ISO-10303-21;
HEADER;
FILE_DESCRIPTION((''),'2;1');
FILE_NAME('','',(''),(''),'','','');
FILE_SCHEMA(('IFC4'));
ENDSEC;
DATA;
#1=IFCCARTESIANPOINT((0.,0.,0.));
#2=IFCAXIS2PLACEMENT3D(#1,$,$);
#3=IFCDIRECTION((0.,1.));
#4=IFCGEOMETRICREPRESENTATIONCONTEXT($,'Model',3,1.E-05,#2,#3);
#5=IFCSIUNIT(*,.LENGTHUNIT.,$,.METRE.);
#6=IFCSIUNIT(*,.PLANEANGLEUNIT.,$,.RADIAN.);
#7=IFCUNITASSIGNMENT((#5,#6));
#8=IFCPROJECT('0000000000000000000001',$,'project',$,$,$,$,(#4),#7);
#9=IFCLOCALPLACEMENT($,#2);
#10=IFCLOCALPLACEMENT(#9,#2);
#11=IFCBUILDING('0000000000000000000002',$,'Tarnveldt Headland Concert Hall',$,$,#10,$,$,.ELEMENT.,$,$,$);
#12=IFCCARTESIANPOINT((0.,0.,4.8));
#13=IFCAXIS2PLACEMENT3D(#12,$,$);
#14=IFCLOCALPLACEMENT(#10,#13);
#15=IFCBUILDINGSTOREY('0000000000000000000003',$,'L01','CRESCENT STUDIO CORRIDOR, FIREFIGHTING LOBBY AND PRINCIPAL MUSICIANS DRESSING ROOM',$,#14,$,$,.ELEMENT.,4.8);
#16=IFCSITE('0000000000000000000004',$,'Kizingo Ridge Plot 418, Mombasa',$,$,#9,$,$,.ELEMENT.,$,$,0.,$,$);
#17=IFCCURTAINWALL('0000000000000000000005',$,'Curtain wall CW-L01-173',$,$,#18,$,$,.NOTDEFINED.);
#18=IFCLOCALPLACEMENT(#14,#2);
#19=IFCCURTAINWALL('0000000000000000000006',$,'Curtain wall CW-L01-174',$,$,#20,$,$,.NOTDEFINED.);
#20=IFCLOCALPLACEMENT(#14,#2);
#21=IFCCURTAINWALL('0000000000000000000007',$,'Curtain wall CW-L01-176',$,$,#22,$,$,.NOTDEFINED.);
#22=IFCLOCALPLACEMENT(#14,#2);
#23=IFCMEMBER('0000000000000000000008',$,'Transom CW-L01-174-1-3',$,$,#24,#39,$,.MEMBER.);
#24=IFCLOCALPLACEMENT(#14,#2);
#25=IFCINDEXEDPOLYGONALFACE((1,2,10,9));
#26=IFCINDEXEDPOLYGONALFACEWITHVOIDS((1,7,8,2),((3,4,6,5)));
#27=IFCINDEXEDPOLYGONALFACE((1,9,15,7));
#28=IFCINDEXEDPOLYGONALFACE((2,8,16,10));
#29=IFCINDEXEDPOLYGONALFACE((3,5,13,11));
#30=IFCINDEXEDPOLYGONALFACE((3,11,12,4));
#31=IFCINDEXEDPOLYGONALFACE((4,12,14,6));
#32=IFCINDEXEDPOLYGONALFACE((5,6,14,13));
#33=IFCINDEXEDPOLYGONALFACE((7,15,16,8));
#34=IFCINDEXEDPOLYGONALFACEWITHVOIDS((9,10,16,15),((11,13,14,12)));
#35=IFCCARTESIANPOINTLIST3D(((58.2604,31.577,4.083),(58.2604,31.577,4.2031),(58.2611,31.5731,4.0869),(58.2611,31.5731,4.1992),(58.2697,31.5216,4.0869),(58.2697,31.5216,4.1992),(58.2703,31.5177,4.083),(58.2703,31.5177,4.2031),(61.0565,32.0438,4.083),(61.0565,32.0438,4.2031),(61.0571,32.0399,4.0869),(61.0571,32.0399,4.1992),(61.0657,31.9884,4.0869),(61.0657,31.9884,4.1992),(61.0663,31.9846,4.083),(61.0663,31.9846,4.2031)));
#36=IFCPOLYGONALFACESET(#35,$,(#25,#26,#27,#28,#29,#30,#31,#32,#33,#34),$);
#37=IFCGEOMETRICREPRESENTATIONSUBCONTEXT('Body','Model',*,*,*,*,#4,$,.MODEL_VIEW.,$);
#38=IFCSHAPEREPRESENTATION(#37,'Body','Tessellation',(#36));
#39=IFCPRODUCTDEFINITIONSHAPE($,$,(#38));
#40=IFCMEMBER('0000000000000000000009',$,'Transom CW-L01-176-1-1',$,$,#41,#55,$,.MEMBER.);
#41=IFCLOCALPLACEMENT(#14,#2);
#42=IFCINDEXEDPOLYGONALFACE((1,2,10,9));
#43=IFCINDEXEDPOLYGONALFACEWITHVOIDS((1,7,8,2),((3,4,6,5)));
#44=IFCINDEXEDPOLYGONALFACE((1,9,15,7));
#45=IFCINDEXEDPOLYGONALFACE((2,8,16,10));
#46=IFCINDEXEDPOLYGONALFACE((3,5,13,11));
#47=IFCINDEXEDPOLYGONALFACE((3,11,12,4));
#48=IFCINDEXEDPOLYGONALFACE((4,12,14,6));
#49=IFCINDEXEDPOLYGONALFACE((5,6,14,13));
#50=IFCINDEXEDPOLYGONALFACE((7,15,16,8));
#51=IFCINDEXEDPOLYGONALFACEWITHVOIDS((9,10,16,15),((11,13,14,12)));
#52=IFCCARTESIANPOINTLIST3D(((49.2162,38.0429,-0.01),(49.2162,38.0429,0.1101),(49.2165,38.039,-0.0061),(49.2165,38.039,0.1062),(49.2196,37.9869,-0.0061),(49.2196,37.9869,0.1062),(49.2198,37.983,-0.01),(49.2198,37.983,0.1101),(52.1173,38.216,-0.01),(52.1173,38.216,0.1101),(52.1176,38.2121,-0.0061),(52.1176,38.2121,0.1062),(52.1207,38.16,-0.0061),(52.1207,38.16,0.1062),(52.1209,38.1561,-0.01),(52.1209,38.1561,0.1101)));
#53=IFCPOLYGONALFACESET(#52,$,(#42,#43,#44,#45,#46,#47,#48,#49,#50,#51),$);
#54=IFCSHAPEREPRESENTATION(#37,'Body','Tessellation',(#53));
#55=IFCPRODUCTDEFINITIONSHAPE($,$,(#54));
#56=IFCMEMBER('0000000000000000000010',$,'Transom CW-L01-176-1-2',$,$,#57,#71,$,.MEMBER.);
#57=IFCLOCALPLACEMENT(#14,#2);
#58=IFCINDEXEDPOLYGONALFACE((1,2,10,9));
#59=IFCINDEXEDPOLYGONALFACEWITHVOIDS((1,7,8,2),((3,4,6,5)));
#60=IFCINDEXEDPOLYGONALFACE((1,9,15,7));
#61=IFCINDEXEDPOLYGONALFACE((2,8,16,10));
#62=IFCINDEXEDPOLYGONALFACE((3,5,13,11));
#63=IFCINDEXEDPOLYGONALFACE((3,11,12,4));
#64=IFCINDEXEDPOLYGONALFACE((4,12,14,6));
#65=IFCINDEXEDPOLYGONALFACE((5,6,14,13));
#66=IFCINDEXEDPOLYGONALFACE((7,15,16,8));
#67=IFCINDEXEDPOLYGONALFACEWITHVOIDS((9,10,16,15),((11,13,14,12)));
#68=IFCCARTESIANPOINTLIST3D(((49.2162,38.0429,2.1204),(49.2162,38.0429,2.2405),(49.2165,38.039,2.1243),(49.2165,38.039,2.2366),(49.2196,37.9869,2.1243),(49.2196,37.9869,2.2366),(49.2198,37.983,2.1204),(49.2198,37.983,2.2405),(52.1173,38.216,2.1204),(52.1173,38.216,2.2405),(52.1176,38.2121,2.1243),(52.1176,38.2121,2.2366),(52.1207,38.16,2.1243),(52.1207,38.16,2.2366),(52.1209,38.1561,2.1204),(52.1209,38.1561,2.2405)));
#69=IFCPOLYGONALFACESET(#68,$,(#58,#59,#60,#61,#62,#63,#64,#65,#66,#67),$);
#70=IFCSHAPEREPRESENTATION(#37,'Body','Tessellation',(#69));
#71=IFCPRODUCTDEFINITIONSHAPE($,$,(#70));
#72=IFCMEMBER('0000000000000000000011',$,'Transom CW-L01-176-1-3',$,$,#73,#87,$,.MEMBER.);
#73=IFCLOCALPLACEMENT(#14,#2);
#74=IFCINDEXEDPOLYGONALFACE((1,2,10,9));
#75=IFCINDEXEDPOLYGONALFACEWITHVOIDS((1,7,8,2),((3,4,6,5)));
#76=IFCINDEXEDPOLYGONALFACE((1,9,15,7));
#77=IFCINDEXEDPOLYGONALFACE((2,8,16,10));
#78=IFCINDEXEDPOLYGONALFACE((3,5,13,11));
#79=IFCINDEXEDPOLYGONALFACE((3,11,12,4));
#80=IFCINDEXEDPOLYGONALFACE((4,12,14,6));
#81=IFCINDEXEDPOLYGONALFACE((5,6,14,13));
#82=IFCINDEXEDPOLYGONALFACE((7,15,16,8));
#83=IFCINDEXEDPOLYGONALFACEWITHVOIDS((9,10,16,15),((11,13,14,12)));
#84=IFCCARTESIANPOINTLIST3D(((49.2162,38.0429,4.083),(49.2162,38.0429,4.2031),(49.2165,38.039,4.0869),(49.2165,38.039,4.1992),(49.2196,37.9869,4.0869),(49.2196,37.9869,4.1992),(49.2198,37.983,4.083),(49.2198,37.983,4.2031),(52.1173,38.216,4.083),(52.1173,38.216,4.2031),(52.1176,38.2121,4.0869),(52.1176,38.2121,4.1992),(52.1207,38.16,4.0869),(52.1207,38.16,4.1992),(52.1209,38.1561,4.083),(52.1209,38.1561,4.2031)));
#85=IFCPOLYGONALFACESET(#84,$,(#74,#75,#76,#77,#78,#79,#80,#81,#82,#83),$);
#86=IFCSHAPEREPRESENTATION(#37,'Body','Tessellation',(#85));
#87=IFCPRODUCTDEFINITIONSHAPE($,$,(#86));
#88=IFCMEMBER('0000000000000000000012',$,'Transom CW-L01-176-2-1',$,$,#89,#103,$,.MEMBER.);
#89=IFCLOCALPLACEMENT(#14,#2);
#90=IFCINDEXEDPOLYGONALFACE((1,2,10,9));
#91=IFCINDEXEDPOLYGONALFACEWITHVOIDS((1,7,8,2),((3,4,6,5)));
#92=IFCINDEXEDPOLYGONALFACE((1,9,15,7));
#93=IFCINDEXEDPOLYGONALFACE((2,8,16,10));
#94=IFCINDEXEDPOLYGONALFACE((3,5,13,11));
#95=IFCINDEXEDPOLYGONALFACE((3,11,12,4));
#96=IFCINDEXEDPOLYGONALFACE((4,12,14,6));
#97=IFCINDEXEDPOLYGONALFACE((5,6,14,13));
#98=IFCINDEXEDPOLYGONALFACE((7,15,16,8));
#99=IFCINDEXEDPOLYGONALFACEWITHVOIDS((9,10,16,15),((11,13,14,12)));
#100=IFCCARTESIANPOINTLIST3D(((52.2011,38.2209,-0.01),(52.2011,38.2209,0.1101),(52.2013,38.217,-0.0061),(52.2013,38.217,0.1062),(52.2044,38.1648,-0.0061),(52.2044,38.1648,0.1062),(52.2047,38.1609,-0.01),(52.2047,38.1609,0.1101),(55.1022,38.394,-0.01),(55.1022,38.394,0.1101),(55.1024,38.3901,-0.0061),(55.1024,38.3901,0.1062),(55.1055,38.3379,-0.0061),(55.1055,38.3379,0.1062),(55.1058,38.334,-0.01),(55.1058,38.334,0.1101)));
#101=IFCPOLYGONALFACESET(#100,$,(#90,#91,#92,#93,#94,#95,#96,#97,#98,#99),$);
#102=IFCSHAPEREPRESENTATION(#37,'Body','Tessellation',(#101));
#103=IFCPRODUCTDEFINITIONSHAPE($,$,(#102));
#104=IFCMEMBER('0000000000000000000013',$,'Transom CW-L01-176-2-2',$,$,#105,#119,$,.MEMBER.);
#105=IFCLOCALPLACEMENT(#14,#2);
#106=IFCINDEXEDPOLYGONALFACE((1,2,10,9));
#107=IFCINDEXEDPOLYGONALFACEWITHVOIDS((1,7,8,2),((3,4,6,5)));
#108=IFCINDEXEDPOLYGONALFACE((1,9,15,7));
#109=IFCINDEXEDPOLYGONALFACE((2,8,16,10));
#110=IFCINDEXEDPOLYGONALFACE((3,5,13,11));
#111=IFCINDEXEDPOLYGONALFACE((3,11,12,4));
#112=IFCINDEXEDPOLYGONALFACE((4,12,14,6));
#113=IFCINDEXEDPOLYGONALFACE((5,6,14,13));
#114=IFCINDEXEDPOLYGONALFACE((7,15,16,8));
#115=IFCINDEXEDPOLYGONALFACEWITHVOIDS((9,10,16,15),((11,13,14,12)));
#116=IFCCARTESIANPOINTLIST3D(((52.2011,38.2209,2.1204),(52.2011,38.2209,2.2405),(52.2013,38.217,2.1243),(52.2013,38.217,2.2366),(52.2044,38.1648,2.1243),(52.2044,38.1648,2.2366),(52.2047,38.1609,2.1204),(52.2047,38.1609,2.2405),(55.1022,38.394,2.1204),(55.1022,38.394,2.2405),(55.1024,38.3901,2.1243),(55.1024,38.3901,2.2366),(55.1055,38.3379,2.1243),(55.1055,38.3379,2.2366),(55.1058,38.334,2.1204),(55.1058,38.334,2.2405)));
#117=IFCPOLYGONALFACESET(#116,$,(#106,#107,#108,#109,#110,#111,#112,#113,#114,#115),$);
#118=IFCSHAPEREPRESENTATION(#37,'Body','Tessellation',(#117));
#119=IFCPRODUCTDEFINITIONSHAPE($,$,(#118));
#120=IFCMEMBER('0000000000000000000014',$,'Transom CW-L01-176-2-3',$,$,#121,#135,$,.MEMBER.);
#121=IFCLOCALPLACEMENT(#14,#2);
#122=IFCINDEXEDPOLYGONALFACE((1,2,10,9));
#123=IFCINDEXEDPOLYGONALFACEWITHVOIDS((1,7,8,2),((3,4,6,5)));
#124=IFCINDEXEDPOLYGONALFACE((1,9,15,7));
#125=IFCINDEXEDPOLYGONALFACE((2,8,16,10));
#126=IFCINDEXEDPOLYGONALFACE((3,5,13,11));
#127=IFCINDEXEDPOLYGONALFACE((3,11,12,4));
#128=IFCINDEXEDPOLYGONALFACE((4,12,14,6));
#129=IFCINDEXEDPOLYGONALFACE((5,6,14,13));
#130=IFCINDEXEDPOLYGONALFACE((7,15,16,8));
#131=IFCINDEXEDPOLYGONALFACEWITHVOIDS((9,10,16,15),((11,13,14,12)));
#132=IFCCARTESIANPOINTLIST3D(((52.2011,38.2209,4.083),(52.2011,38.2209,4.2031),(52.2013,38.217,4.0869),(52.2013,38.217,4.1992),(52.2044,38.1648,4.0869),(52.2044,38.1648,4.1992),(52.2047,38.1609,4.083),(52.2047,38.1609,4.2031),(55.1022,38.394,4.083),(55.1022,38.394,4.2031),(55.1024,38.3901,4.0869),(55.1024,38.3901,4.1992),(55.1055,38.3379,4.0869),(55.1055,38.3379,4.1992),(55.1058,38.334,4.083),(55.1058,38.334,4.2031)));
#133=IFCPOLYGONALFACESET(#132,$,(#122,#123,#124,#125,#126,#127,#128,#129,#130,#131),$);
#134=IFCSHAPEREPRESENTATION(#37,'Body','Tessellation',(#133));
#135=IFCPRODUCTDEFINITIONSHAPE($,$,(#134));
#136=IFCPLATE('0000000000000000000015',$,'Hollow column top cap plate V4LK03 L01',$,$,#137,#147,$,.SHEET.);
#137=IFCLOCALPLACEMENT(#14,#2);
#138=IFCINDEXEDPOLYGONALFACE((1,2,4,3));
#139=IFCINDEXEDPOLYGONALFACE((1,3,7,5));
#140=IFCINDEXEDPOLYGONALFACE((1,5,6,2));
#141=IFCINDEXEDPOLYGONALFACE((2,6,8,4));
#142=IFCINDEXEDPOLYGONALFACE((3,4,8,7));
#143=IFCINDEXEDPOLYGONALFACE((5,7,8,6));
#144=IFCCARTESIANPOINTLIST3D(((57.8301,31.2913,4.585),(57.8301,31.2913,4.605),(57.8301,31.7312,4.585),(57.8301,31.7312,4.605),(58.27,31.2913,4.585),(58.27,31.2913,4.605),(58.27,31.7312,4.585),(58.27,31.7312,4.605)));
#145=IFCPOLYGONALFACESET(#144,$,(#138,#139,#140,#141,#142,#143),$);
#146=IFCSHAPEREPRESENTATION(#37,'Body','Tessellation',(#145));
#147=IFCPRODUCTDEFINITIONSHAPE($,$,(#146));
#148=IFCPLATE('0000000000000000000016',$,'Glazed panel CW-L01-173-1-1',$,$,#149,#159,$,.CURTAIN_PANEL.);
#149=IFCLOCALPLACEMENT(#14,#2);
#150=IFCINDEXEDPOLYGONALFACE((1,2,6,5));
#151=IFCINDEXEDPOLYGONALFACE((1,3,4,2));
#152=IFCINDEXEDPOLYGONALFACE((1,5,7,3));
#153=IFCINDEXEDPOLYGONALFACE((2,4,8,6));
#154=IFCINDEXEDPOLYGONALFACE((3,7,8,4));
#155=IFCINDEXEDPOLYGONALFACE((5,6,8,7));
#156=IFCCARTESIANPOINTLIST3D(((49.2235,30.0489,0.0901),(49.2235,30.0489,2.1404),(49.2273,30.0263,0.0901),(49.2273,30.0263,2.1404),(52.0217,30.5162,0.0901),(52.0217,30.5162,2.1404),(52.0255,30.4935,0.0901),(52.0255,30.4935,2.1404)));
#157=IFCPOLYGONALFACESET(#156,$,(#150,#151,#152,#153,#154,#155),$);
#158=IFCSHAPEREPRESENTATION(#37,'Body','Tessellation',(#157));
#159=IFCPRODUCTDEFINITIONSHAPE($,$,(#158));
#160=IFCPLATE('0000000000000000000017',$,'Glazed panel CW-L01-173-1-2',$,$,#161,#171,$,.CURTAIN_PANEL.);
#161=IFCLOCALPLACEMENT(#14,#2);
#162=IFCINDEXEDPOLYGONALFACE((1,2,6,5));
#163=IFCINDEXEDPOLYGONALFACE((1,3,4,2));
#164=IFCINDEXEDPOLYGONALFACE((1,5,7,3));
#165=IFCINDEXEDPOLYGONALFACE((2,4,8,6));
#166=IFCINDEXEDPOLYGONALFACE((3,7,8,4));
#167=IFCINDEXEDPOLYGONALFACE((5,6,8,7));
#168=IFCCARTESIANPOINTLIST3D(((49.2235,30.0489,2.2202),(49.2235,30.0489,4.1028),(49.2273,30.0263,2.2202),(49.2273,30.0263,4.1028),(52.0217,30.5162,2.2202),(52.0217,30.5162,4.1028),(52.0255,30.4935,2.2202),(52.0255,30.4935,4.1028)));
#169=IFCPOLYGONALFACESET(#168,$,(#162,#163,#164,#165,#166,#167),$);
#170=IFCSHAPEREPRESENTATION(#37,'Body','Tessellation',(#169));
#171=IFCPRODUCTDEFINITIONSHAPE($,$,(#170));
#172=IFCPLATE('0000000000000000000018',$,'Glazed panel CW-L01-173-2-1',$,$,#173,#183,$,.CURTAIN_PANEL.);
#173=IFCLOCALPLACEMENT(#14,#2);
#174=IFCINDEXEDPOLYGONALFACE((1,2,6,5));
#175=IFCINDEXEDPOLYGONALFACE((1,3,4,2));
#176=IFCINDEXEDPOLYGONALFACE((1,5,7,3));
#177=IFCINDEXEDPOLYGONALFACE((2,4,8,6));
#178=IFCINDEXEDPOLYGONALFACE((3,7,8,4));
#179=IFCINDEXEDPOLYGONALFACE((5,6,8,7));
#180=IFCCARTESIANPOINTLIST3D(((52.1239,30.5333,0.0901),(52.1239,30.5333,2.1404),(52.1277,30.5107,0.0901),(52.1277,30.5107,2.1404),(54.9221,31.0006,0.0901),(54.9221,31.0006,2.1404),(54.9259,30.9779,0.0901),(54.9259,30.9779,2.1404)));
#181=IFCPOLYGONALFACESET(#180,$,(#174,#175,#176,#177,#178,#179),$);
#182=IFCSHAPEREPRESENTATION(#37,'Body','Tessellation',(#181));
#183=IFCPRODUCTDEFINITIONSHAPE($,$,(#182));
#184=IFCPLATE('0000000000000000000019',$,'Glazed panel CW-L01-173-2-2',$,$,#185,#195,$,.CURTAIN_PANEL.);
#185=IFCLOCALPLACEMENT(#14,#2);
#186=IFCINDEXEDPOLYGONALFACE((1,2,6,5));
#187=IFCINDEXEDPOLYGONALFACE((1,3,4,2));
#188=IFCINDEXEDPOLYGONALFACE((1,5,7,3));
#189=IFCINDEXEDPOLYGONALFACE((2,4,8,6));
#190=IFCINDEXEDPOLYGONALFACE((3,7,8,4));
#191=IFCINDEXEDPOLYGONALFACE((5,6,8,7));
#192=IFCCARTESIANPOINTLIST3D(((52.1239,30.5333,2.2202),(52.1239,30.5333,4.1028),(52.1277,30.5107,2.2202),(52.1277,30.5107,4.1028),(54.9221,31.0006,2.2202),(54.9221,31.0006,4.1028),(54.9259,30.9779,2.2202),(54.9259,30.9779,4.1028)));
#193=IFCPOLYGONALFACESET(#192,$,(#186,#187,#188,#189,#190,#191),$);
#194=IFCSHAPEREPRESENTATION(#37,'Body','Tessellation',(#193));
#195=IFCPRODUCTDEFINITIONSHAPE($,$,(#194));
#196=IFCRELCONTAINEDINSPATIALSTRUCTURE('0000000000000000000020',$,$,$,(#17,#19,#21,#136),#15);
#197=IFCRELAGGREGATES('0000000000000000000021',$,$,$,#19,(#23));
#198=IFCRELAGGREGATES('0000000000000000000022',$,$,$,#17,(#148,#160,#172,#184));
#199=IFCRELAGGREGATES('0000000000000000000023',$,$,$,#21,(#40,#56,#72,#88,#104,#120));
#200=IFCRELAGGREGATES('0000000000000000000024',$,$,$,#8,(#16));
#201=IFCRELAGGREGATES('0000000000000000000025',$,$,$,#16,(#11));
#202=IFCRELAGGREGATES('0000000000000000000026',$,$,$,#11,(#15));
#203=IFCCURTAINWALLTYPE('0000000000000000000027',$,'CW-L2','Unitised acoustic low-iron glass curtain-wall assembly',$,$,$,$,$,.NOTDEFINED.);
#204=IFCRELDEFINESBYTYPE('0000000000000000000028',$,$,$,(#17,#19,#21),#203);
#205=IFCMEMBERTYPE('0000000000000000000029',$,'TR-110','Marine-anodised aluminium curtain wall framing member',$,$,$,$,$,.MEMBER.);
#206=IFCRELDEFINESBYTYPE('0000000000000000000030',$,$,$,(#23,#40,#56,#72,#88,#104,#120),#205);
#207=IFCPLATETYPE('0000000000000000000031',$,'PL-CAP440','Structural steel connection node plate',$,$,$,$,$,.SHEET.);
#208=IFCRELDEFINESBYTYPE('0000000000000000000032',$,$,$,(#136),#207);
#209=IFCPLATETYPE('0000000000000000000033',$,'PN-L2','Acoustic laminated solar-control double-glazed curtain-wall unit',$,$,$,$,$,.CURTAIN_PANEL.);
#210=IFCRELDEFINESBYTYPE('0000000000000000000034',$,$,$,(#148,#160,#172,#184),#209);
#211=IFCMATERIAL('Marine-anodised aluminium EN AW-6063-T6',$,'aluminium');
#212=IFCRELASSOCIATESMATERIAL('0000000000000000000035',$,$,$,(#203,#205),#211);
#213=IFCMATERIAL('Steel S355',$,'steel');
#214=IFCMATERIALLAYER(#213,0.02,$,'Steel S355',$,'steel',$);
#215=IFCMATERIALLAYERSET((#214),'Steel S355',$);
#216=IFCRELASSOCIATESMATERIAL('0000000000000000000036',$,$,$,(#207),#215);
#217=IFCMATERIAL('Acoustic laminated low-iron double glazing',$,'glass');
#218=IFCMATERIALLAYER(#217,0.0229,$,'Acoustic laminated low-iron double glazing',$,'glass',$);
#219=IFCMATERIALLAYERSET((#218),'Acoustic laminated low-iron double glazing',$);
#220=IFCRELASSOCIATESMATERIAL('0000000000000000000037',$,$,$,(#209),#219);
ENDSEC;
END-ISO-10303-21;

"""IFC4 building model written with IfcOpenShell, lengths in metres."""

from ifc_helpers import new_model, si_unit, direction, frame, origin, origin_2d, place, context, subcontext, project, spatial, rectangle, hollow_rectangle, extrude, material, layer, layer_set, material_profile, profile_set, type_object, element, aggregate, save


model = new_model("IFC4")

# Units and contexts
model_context = context("Model", 3, precision=1e-05, world=origin(), true_north=direction((0.0, 1.0)))
body_context = subcontext(model_context, "Body", "Model", "MODEL_VIEW")
ifc_project = project(units=[si_unit("LENGTHUNIT", "METRE"), si_unit("PLANEANGLEUNIT", "RADIAN")], contexts=[model_context])

# Site, building, storey
site_placement = place(None, origin())
site = spatial("IfcSite", under=ifc_project, at=site_placement, Name="Kizingo Ridge Plot 418, Mombasa", CompositionType="ELEMENT", RefElevation=0.0)
building_placement = place(site_placement, origin())
building = spatial("IfcBuilding", under=site, at=building_placement, Name="Tarnveldt Headland Concert Hall", CompositionType="ELEMENT")
storey_placement = place(building_placement, frame((0.0, 0.0, 4.8)))
storey = spatial("IfcBuildingStorey", under=building, at=storey_placement, Name="L01", Description="CRESCENT STUDIO CORRIDOR, FIREFIGHTING LOBBY AND PRINCIPAL MUSICIANS DRESSING ROOM", CompositionType="ELEMENT", Elevation=4.8)

# Shared definitions
ifc_material_1 = material(Name="Steel S355", Category="steel")

# Curtain wall
ifc_material_2 = material(Name="Marine-anodised aluminium EN AW-6063-T6", Category="aluminium")
curtain_wall_type = type_object("IfcCurtainWallType", Name="CW-L2", Description="Unitised acoustic low-iron glass curtain-wall assembly", PredefinedType="NOTDEFINED", material=ifc_material_2)
curtain_wall_1_placement = place(storey_placement, origin())
curtain_wall_1 = element("IfcCurtainWall", 1, at=curtain_wall_1_placement, inside=storey, type_object=curtain_wall_type, Name="Curtain wall CW-L01-173", PredefinedType="NOTDEFINED")

# Curtain walls
curtain_wall_2_placement = place(storey_placement, origin())
curtain_wall_2 = element("IfcCurtainWall", 2, at=curtain_wall_2_placement, inside=storey, type_object=curtain_wall_type, Name="Curtain wall CW-L01-174", PredefinedType="NOTDEFINED")
curtain_wall_3_placement = place(storey_placement, origin())
curtain_wall_3 = element("IfcCurtainWall", 3, at=curtain_wall_3_placement, inside=storey, type_object=curtain_wall_type, Name="Curtain wall CW-L01-176", PredefinedType="NOTDEFINED")

# Members
ifc_material_profile_1 = material_profile(ifc_material_2, hollow_rectangle(XDim=0.0601, YDim=0.1201, WallThickness=0.0039, at=origin_2d()), Name="ALU TRANSOM 60x120x4", Category="aluminium")
ifc_profile_set_1 = profile_set([ifc_material_profile_1], Name="Marine-anodised aluminium EN AW-6063-T6")
member_type_1 = type_object("IfcMemberType", Name="TR-110", Description="Marine-anodised aluminium curtain wall framing member", PredefinedType="MEMBER", material=ifc_profile_set_1)
member_1_placement = place(storey_placement, frame((58.2654, 31.5474, 4.1431), z_axis=(0.986347, 0.164678, 0.0), x_axis=(-0.164678, 0.986347, 0.0)))
member_1 = element("IfcMember", 4, at=member_1_placement, type_object=member_type_1, Name="Transom CW-L01-174-1-3", PredefinedType="MEMBER", context=body_context, shape_type="SweptSolid", body=[
    extrude(hollow_rectangle(XDim=0.0601, YDim=0.1201, WallThickness=0.0039, at=origin_2d()), origin(), (0.0, 0.0, 1.0), 2.8347),
])
aggregate(curtain_wall_2, [member_1])
member_2_placement = place(storey_placement, frame((49.218, 38.0129, 0.05), z_axis=(0.998225, 0.059559, 0.0), x_axis=(-0.059559, 0.998225, 0.0)))
member_2 = element("IfcMember", 5, at=member_2_placement, type_object=member_type_1, Name="Transom CW-L01-176-1-1", PredefinedType="MEMBER", context=body_context, shape_type="SweptSolid", body=[
    extrude(hollow_rectangle(XDim=0.0601, YDim=0.1201, WallThickness=0.0039, at=origin_2d()), origin(), (0.0, 0.0, 1.0), 2.9062),
])
member_3_placement = place(storey_placement, frame((49.218, 38.0129, 2.1804), z_axis=(0.998225, 0.059559, 0.0), x_axis=(-0.059559, 0.998225, 0.0)))
member_3 = element("IfcMember", 6, at=member_3_placement, type_object=member_type_1, Name="Transom CW-L01-176-1-2", PredefinedType="MEMBER", context=body_context, shape_type="SweptSolid", body=[
    extrude(hollow_rectangle(XDim=0.0601, YDim=0.1201, WallThickness=0.0039, at=origin_2d()), origin(), (0.0, 0.0, 1.0), 2.9062),
])
member_4_placement = place(storey_placement, frame((49.218, 38.0129, 4.1431), z_axis=(0.998225, 0.059559, 0.0), x_axis=(-0.059559, 0.998225, 0.0)))
member_4 = element("IfcMember", 7, at=member_4_placement, type_object=member_type_1, Name="Transom CW-L01-176-1-3", PredefinedType="MEMBER", context=body_context, shape_type="SweptSolid", body=[
    extrude(hollow_rectangle(XDim=0.0601, YDim=0.1201, WallThickness=0.0039, at=origin_2d()), origin(), (0.0, 0.0, 1.0), 2.9062),
])
member_5_placement = place(storey_placement, frame((52.2029, 38.1909, 0.05), z_axis=(0.998225, 0.059559, 0.0), x_axis=(-0.059559, 0.998225, 0.0)))
member_5 = element("IfcMember", 8, at=member_5_placement, type_object=member_type_1, Name="Transom CW-L01-176-2-1", PredefinedType="MEMBER", context=body_context, shape_type="SweptSolid", body=[
    extrude(hollow_rectangle(XDim=0.0601, YDim=0.1201, WallThickness=0.0039, at=origin_2d()), origin(), (0.0, 0.0, 1.0), 2.9062),
])
member_6_placement = place(storey_placement, frame((52.2029, 38.1909, 2.1804), z_axis=(0.998225, 0.059559, 0.0), x_axis=(-0.059559, 0.998225, 0.0)))
member_6 = element("IfcMember", 9, at=member_6_placement, type_object=member_type_1, Name="Transom CW-L01-176-2-2", PredefinedType="MEMBER", context=body_context, shape_type="SweptSolid", body=[
    extrude(hollow_rectangle(XDim=0.0601, YDim=0.1201, WallThickness=0.0039, at=origin_2d()), origin(), (0.0, 0.0, 1.0), 2.9062),
])
member_7_placement = place(storey_placement, frame((52.2029, 38.1909, 4.1431), z_axis=(0.998225, 0.059559, 0.0), x_axis=(-0.059559, 0.998225, 0.0)))
member_7 = element("IfcMember", 10, at=member_7_placement, type_object=member_type_1, Name="Transom CW-L01-176-2-3", PredefinedType="MEMBER", context=body_context, shape_type="SweptSolid", body=[
    extrude(hollow_rectangle(XDim=0.0601, YDim=0.1201, WallThickness=0.0039, at=origin_2d()), origin(), (0.0, 0.0, 1.0), 2.9062),
])

# Plates
ifc_layer_1 = layer(ifc_material_1, 0.02, Name="Steel S355", Category="steel")
ifc_layer_set_1 = layer_set([ifc_layer_1], Name="Steel S355")
plate_type_1 = type_object("IfcPlateType", Name="PL-CAP440", Description="Structural steel connection node plate", PredefinedType="SHEET", material=ifc_layer_set_1)
plate_1_placement = place(storey_placement, frame((58.05, 31.5112, 4.585), z_axis=(0.0, 0.0, 1.0), x_axis=(1.0, 0.0, 0.0)))
element("IfcPlate", 11, at=plate_1_placement, inside=storey, type_object=plate_type_1, Name="Hollow column top cap plate V4LK03 L01", PredefinedType="SHEET", context=body_context, shape_type="SweptSolid", body=[
    extrude(rectangle(XDim=0.4399, YDim=0.4399, at=origin_2d()), origin(), (0.0, 0.0, 1.0), 0.02),
])
ifc_material_3 = material(Name="Acoustic laminated low-iron double glazing", Category="glass")
ifc_layer_2 = layer(ifc_material_3, 0.0229, Name="Acoustic laminated low-iron double glazing", Category="glass")
ifc_layer_set_2 = layer_set([ifc_layer_2], Name="Acoustic laminated low-iron double glazing")
plate_type_2 = type_object("IfcPlateType", Name="PN-L2", Description="Acoustic laminated solar-control double-glazed curtain-wall unit", PredefinedType="CURTAIN_PANEL", material=ifc_layer_set_2)
plate_2_placement = place(storey_placement, frame((50.6245, 30.2712, 0.0901), z_axis=(0.0, 0.0, 1.0), x_axis=(0.986343, 0.164703, 0.0)))
plate_2 = element("IfcPlate", 12, at=plate_2_placement, type_object=plate_type_2, Name="Glazed panel CW-L01-173-1-1", PredefinedType="CURTAIN_PANEL", context=body_context, shape_type="SweptSolid", body=[
    extrude(rectangle(XDim=2.8369, YDim=0.0229, at=origin_2d()), origin(), (0.0, 0.0, 1.0), 2.0503),
])
plate_3_placement = place(storey_placement, frame((50.6245, 30.2712, 2.2202), z_axis=(0.0, 0.0, 1.0), x_axis=(0.986343, 0.164703, 0.0)))
plate_3 = element("IfcPlate", 13, at=plate_3_placement, type_object=plate_type_2, Name="Glazed panel CW-L01-173-1-2", PredefinedType="CURTAIN_PANEL", context=body_context, shape_type="SweptSolid", body=[
    extrude(rectangle(XDim=2.8369, YDim=0.0229, at=origin_2d()), origin(), (0.0, 0.0, 1.0), 1.8826),
])
plate_4_placement = place(storey_placement, frame((53.5249, 30.7556, 0.0901), z_axis=(0.0, 0.0, 1.0), x_axis=(0.986343, 0.164703, 0.0)))
plate_4 = element("IfcPlate", 14, at=plate_4_placement, type_object=plate_type_2, Name="Glazed panel CW-L01-173-2-1", PredefinedType="CURTAIN_PANEL", context=body_context, shape_type="SweptSolid", body=[
    extrude(rectangle(XDim=2.8369, YDim=0.0229, at=origin_2d()), origin(), (0.0, 0.0, 1.0), 2.0503),
])
plate_5_placement = place(storey_placement, frame((53.5249, 30.7556, 2.2202), z_axis=(0.0, 0.0, 1.0), x_axis=(0.986343, 0.164703, 0.0)))
plate_5 = element("IfcPlate", 15, at=plate_5_placement, type_object=plate_type_2, Name="Glazed panel CW-L01-173-2-2", PredefinedType="CURTAIN_PANEL", context=body_context, shape_type="SweptSolid", body=[
    extrude(rectangle(XDim=2.8369, YDim=0.0229, at=origin_2d()), origin(), (0.0, 0.0, 1.0), 1.8826),
])
aggregate(curtain_wall_1, [plate_2, plate_3, plate_4, plate_5])
aggregate(curtain_wall_3, [member_2, member_3, member_4, member_5, member_6, member_7])

save(model, "model.ifc")
